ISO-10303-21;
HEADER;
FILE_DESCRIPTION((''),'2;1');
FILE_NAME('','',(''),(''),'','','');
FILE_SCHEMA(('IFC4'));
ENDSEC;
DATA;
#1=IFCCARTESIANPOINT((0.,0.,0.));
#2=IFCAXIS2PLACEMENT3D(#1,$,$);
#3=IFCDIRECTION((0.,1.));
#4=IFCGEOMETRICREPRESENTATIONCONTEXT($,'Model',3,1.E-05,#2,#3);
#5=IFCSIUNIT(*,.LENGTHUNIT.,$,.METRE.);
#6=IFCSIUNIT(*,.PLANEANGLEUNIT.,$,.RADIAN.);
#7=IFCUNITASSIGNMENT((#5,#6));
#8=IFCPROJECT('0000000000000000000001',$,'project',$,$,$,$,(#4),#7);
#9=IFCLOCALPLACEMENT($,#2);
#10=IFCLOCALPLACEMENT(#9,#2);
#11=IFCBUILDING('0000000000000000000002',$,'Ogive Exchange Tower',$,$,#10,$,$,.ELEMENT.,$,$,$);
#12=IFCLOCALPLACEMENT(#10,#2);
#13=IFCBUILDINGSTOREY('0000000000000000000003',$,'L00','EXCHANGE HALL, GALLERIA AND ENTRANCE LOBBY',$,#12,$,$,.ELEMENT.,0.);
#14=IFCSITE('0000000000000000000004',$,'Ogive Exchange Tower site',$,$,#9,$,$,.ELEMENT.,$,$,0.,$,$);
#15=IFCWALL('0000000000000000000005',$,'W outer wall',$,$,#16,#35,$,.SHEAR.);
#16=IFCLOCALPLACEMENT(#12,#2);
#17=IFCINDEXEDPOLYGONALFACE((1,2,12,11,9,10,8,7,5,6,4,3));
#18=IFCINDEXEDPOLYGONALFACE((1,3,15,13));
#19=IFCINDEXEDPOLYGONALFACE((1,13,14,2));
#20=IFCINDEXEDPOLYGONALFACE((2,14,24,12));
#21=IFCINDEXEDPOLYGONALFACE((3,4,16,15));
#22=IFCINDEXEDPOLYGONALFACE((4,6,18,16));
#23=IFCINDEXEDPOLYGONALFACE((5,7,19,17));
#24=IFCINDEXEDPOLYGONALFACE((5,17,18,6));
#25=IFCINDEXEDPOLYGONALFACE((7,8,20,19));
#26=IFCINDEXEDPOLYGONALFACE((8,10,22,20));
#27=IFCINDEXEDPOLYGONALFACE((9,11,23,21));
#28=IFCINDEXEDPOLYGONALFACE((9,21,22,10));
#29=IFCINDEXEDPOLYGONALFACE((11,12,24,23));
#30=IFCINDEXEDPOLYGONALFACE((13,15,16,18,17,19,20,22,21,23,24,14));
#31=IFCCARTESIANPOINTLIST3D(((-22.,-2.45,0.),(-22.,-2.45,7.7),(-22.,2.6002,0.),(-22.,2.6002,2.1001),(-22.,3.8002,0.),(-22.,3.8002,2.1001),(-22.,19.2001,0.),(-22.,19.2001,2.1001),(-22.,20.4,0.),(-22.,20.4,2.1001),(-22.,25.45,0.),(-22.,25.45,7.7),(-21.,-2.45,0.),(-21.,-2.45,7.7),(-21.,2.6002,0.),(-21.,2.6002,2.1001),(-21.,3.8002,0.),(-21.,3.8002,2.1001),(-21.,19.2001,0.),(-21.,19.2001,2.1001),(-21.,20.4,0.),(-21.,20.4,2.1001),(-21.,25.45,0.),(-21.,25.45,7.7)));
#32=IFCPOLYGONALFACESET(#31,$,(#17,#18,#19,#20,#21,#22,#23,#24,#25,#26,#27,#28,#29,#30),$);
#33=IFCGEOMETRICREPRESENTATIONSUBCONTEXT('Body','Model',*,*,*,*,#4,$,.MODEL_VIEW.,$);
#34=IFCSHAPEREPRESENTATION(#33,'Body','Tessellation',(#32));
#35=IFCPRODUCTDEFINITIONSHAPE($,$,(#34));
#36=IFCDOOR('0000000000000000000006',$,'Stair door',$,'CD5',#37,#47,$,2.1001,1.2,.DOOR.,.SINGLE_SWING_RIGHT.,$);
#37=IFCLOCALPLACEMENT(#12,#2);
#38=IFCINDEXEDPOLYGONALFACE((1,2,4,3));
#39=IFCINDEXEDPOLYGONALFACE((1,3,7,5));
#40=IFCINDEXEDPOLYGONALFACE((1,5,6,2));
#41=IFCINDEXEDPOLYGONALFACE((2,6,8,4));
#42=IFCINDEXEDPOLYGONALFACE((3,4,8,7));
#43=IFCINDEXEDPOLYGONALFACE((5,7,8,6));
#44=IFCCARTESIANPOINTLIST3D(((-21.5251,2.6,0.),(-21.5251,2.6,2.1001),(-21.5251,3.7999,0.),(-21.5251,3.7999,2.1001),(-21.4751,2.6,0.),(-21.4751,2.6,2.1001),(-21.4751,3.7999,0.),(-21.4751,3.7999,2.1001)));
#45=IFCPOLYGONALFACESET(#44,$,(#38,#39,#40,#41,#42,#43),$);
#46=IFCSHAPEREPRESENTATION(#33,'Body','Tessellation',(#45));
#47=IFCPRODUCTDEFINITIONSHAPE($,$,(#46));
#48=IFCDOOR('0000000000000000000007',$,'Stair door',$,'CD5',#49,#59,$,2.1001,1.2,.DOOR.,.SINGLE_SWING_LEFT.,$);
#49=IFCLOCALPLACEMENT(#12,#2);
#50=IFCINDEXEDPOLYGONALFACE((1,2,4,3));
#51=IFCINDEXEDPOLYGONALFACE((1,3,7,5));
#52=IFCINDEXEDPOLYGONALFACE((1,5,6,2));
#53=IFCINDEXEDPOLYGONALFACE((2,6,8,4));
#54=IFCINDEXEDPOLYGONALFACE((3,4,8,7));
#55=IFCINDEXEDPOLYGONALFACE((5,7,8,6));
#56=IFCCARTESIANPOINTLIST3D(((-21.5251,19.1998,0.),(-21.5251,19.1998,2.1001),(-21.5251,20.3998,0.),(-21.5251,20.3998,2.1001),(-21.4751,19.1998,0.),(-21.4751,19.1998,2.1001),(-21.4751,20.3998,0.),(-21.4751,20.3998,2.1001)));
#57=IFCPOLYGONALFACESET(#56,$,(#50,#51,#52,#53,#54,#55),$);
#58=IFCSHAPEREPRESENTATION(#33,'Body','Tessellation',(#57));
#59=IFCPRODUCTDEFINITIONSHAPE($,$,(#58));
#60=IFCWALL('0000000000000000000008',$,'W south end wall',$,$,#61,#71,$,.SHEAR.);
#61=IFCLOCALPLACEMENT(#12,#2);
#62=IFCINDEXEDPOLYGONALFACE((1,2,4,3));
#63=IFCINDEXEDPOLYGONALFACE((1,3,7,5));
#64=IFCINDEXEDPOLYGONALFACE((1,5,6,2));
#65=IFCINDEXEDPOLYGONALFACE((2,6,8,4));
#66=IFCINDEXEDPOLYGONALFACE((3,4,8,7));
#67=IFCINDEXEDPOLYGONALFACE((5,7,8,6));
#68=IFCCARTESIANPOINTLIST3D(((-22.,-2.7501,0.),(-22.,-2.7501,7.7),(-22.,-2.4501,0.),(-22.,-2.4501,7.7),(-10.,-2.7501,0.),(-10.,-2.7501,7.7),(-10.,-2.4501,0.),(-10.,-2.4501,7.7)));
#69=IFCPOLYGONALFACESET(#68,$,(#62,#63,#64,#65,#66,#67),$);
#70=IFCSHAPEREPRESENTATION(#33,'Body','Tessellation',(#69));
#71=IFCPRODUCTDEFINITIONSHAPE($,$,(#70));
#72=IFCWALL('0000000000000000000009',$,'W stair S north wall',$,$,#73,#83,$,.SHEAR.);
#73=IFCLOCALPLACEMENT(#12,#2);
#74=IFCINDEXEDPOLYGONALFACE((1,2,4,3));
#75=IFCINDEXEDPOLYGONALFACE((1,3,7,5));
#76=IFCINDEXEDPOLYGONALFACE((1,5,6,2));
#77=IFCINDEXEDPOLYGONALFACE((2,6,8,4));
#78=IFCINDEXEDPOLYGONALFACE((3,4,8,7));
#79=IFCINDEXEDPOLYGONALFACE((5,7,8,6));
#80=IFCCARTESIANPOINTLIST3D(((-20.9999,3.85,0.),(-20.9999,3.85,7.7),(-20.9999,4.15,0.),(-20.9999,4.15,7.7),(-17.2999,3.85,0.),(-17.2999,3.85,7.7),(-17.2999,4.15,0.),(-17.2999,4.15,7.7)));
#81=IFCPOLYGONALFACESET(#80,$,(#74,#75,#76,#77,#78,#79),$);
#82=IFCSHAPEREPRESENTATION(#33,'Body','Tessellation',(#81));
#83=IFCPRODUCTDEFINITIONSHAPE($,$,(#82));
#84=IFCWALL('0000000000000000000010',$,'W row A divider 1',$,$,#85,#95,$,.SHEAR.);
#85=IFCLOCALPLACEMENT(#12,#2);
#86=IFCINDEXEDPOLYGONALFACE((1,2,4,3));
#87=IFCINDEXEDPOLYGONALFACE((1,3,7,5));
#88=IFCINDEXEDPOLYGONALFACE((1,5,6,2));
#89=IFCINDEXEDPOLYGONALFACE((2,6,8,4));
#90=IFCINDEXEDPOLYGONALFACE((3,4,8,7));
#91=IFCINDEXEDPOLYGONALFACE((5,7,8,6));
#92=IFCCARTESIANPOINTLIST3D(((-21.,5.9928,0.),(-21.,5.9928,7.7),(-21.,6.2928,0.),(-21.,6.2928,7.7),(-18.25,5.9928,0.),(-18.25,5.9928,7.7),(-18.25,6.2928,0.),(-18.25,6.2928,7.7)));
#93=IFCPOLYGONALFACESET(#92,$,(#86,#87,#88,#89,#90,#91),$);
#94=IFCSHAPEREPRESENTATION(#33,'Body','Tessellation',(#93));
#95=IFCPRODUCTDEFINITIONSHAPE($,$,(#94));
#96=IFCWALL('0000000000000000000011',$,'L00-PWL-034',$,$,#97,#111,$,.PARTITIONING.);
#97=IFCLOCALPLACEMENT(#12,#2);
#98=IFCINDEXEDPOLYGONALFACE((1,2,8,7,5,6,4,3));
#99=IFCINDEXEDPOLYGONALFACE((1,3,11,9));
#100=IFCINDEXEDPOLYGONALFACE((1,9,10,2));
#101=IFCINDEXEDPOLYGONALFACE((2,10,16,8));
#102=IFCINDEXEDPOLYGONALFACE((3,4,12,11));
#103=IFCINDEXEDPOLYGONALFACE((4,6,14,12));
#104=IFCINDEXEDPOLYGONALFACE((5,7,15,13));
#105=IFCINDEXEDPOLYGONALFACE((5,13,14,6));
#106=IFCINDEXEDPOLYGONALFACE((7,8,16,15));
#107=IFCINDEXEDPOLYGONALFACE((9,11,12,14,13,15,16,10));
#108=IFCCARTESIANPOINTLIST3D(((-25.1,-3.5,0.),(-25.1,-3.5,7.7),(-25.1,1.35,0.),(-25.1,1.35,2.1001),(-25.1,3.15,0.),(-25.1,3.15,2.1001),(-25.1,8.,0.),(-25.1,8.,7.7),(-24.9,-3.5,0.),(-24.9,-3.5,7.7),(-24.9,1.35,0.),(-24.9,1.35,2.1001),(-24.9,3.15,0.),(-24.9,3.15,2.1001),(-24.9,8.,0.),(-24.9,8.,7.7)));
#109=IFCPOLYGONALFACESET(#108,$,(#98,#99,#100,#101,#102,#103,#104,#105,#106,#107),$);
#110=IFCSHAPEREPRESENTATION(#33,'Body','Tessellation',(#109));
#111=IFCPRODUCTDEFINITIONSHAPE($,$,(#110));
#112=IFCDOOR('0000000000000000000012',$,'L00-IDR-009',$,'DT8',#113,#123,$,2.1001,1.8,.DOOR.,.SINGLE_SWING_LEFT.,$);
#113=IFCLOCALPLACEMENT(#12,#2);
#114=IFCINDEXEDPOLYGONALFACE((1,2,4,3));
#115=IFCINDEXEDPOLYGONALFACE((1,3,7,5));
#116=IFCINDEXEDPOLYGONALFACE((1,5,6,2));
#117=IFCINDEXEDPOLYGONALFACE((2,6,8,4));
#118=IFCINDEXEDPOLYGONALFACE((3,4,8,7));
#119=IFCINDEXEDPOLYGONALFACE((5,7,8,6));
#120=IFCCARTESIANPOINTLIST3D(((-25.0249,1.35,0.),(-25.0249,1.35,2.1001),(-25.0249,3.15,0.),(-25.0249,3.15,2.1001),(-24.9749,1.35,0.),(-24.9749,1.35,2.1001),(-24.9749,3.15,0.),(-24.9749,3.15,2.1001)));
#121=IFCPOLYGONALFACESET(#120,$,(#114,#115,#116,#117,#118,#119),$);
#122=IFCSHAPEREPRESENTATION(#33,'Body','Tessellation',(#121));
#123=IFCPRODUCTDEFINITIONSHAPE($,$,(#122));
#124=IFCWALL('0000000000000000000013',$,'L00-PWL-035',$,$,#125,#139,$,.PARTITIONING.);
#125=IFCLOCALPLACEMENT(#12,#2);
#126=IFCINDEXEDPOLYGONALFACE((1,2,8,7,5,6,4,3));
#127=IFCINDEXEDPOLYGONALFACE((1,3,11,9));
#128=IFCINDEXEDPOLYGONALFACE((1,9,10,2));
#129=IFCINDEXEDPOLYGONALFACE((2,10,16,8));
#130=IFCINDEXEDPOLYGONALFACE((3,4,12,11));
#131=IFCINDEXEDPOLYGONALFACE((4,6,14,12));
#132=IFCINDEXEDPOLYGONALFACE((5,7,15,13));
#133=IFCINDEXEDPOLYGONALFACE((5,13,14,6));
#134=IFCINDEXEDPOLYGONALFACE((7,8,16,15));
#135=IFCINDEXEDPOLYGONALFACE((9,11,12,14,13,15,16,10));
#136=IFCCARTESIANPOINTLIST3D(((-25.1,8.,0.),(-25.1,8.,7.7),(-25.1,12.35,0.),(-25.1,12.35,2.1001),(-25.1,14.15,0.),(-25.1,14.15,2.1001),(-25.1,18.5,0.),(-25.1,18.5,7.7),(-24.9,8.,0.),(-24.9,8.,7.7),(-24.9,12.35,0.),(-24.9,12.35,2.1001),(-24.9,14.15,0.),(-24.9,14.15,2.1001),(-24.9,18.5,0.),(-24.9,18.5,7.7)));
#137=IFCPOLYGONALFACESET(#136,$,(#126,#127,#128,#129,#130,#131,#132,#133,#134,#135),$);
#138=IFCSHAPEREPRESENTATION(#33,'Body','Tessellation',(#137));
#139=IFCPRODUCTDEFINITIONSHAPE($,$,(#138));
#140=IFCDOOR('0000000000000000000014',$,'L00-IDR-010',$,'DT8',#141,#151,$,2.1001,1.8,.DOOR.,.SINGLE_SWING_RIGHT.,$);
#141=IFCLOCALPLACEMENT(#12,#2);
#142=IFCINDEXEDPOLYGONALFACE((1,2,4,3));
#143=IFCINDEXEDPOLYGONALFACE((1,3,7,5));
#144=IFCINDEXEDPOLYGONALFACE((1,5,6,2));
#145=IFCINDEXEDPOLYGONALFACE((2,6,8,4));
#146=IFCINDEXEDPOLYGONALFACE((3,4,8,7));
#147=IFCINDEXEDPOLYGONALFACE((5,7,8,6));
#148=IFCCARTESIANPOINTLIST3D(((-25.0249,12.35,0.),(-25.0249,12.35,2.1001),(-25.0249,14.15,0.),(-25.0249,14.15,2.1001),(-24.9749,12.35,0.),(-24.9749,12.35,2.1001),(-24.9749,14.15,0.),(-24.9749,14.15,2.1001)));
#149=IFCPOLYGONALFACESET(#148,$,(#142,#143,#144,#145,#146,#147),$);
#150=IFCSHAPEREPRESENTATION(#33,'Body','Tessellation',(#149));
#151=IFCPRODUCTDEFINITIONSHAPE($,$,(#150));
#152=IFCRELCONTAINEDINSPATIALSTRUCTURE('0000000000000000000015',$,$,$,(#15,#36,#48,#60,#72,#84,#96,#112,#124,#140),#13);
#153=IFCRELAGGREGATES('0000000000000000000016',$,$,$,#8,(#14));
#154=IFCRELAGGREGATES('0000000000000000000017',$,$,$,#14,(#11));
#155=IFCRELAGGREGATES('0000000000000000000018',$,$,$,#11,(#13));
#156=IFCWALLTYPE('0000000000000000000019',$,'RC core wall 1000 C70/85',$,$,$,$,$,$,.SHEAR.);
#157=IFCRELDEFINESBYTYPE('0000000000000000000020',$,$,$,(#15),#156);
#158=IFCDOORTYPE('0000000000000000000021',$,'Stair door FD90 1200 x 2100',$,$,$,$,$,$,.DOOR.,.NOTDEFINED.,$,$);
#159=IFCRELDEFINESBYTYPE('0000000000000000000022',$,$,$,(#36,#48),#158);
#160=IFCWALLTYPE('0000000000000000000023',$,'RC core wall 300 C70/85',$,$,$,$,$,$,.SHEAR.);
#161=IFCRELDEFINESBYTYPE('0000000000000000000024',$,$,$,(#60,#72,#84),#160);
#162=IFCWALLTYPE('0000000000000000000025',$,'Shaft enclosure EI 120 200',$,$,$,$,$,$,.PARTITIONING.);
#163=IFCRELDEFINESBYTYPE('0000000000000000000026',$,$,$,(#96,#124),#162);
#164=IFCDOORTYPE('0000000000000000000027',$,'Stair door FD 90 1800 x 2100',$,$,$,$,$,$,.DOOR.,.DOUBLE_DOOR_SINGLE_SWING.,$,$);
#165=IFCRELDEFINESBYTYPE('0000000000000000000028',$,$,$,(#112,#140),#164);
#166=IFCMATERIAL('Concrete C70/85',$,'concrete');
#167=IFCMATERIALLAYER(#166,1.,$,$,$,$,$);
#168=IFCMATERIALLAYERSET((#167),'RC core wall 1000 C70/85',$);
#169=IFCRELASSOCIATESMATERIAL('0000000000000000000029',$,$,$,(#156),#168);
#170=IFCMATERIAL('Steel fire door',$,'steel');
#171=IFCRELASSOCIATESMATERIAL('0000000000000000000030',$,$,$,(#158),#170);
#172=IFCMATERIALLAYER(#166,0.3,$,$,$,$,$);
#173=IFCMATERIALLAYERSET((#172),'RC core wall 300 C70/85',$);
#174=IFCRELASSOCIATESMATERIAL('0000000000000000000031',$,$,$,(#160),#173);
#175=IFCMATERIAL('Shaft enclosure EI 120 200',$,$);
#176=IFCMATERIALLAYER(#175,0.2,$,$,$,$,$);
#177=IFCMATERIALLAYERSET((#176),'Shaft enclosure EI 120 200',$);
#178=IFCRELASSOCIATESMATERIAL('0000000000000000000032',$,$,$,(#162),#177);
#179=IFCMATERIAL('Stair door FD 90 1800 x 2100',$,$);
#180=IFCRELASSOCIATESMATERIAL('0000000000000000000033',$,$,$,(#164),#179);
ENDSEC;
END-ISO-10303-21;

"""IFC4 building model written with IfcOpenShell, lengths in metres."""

from ifc_helpers import new_model, si_unit, direction, frame, frame_2d, origin, place, context, subcontext, project, spatial, rectangle, extrude, material, layer, layer_set, type_object, element, fill, save


model = new_model("IFC4")

# Units and contexts
model_context = context("Model", 3, precision=1e-05, world=origin(), true_north=direction((0.0, 1.0)))
body_context = subcontext(model_context, "Body", "Model", "MODEL_VIEW")
ifc_project = project(units=[si_unit("LENGTHUNIT", "METRE"), si_unit("PLANEANGLEUNIT", "RADIAN")], contexts=[model_context])

# Site, building, storey
site_placement = place(None, origin())
site = spatial("IfcSite", under=ifc_project, at=site_placement, Name="Ogive Exchange Tower site", CompositionType="ELEMENT", RefElevation=0.0)
building_placement = place(site_placement, origin())
building = spatial("IfcBuilding", under=site, at=building_placement, Name="Ogive Exchange Tower", CompositionType="ELEMENT")
storey_placement = place(building_placement, origin())
storey = spatial("IfcBuildingStorey", under=building, at=storey_placement, Name="L00", Description="EXCHANGE HALL, GALLERIA AND ENTRANCE LOBBY", CompositionType="ELEMENT", Elevation=0.0)

# Wall, openings, doors
ifc_material_1 = material(Name="Concrete C70/85", Category="concrete")
ifc_layer_1 = layer(ifc_material_1, 1.0)
ifc_layer_set_1 = layer_set([ifc_layer_1], Name="RC core wall 1000 C70/85")
wall_type_1 = type_object("IfcWallType", Name="RC core wall 1000 C70/85", PredefinedType="SHEAR", material=ifc_layer_set_1)
wall_1_placement = place(storey_placement, frame((-21.5, -2.45, 0.0), z_axis=(0.0, 0.0, 1.0), x_axis=(0.0, 1.0, 0.0)))
wall_1 = element("IfcWall", 1, at=wall_1_placement, inside=storey, type_object=wall_type_1, Name="W outer wall", PredefinedType="SHEAR", context=body_context, shape_type="SweptSolid", body=[
    extrude(rectangle(XDim=27.8999, YDim=1.0, at=frame_2d((13.95, 0.0))), origin(), (0.0, 0.0, 1.0), 7.7),
])
opening_1_placement = place(wall_1_placement, frame((5.05, 0.0, 0.0)))
opening_1 = element("IfcOpeningElement", 2, at=opening_1_placement, cuts=wall_1, PredefinedType="OPENING", context=body_context, shape_type="SweptSolid", body=[
    extrude(rectangle(XDim=1.2, YDim=2.1001, at=frame_2d((0.6001, 1.05))), frame((0.0, 0.51, 0.0), z_axis=(0.0, -1.0, 0.0), x_axis=(1.0, 0.0, 0.0)), (0.0, 0.0, 1.0), 1.02),
])
opening_2_placement = place(wall_1_placement, frame((21.6499, 0.0, 0.0)))
opening_2 = element("IfcOpeningElement", 3, at=opening_2_placement, cuts=wall_1, PredefinedType="OPENING", context=body_context, shape_type="SweptSolid", body=[
    extrude(rectangle(XDim=1.2, YDim=2.1001, at=frame_2d((0.6001, 1.05))), frame((0.0, 0.51, 0.0), z_axis=(0.0, -1.0, 0.0), x_axis=(1.0, 0.0, 0.0)), (0.0, 0.0, 1.0), 1.02),
])
ifc_material_2 = material(Name="Steel fire door", Category="steel")
door_type_1 = type_object("IfcDoorType", Name="Stair door FD90 1200 x 2100", OperationType="NOTDEFINED", PredefinedType="DOOR", material=ifc_material_2)
door_1_placement = place(opening_1_placement, frame((1.2, 0.0, 0.0), z_axis=(0.0, 0.0, 1.0), x_axis=(-1.0, 0.0, 0.0)))
door_1 = element("IfcDoor", 4, at=door_1_placement, inside=storey, type_object=door_type_1, Name="Stair door", ObjectType="CD5", OperationType="SINGLE_SWING_RIGHT", OverallHeight=2.1001, OverallWidth=1.2, PredefinedType="DOOR", context=body_context, shape_type="SweptSolid", body=[
    extrude(rectangle(XDim=1.2, YDim=2.1001, at=frame_2d((0.6001, 1.05))), frame((0.0, 0.0249, 0.0), z_axis=(0.0, -1.0, 0.0), x_axis=(1.0, 0.0, 0.0)), (0.0, 0.0, 1.0), 0.05),
])
fill(opening_1, door_1)
door_2_placement = place(opening_2_placement, frame((1.2, 0.0, 0.0), z_axis=(0.0, 0.0, 1.0), x_axis=(-1.0, 0.0, 0.0)))
door_2 = element("IfcDoor", 5, at=door_2_placement, inside=storey, type_object=door_type_1, Name="Stair door", ObjectType="CD5", OperationType="SINGLE_SWING_LEFT", OverallHeight=2.1001, OverallWidth=1.2, PredefinedType="DOOR", context=body_context, shape_type="SweptSolid", body=[
    extrude(rectangle(XDim=1.2, YDim=2.1001, at=frame_2d((0.6001, 1.05))), frame((0.0, 0.0249, 0.0), z_axis=(0.0, -1.0, 0.0), x_axis=(1.0, 0.0, 0.0)), (0.0, 0.0, 1.0), 0.05),
])
fill(opening_2, door_2)

# Walls
ifc_layer_2 = layer(ifc_material_1, 0.3)
ifc_layer_set_2 = layer_set([ifc_layer_2], Name="RC core wall 300 C70/85")
wall_type_2 = type_object("IfcWallType", Name="RC core wall 300 C70/85", PredefinedType="SHEAR", material=ifc_layer_set_2)
wall_2_placement = place(storey_placement, frame((-22.0, -2.6001, 0.0), z_axis=(0.0, 0.0, 1.0), x_axis=(1.0, 0.0, 0.0)))
element("IfcWall", 6, at=wall_2_placement, inside=storey, type_object=wall_type_2, Name="W south end wall", PredefinedType="SHEAR", context=body_context, shape_type="SweptSolid", body=[
    extrude(rectangle(XDim=12.0, YDim=0.3, at=frame_2d((6.0, 0.0))), origin(), (0.0, 0.0, 1.0), 7.7),
])
wall_3_placement = place(storey_placement, frame((-21.0, 4.0, 0.0), z_axis=(0.0, 0.0, 1.0), x_axis=(1.0, 0.0, 0.0)))
element("IfcWall", 7, at=wall_3_placement, inside=storey, type_object=wall_type_2, Name="W stair S north wall", PredefinedType="SHEAR", context=body_context, shape_type="SweptSolid", body=[
    extrude(rectangle(XDim=3.7, YDim=0.3, at=frame_2d((1.8501, 0.0))), origin(), (0.0, 0.0, 1.0), 7.7),
])
wall_4_placement = place(storey_placement, frame((-21.0, 6.1428, 0.0), z_axis=(0.0, 0.0, 1.0), x_axis=(1.0, 0.0, 0.0)))
element("IfcWall", 8, at=wall_4_placement, inside=storey, type_object=wall_type_2, Name="W row A divider 1", PredefinedType="SHEAR", context=body_context, shape_type="SweptSolid", body=[
    extrude(rectangle(XDim=2.75, YDim=0.3, at=frame_2d((1.375, 0.0))), origin(), (0.0, 0.0, 1.0), 7.7),
])

# Walls, openings, doors
ifc_material_3 = material(Name="Shaft enclosure EI 120 200")
ifc_layer_3 = layer(ifc_material_3, 0.2)
ifc_layer_set_3 = layer_set([ifc_layer_3], Name="Shaft enclosure EI 120 200")
wall_type_3 = type_object("IfcWallType", Name="Shaft enclosure EI 120 200", PredefinedType="PARTITIONING", material=ifc_layer_set_3)
wall_5_placement = place(storey_placement, frame((-25.0, -3.5, 0.0), z_axis=(0.0, 0.0, 1.0), x_axis=(0.0, 1.0, 0.0)))
wall_5 = element("IfcWall", 9, at=wall_5_placement, inside=storey, type_object=wall_type_3, Name="L00-PWL-034", PredefinedType="PARTITIONING", context=body_context, shape_type="SweptSolid", body=[
    extrude(rectangle(XDim=11.5, YDim=0.2, at=frame_2d((5.75, 0.0))), origin(), (0.0, 0.0, 1.0), 7.7),
])
opening_3_placement = place(wall_5_placement, frame((4.8501, 0.0, 0.0)))
opening_3 = element("IfcOpeningElement", 10, at=opening_3_placement, cuts=wall_5, PredefinedType="OPENING", context=body_context, shape_type="SweptSolid", body=[
    extrude(rectangle(XDim=1.8, YDim=2.1001, at=frame_2d((0.8999, 1.05))), frame((0.0, 0.1099, 0.0), z_axis=(0.0, -1.0, 0.0), x_axis=(1.0, 0.0, 0.0)), (0.0, 0.0, 1.0), 0.22),
])
ifc_material_4 = material(Name="Stair door FD 90 1800 x 2100")
door_type_2 = type_object("IfcDoorType", Name="Stair door FD 90 1800 x 2100", OperationType="DOUBLE_DOOR_SINGLE_SWING", PredefinedType="DOOR", material=ifc_material_4)
door_3_placement = place(opening_3_placement, origin())
door_3 = element("IfcDoor", 11, at=door_3_placement, inside=storey, type_object=door_type_2, Name="L00-IDR-009", ObjectType="DT8", OperationType="SINGLE_SWING_LEFT", OverallHeight=2.1001, OverallWidth=1.8, PredefinedType="DOOR", context=body_context, shape_type="SweptSolid", body=[
    extrude(rectangle(XDim=1.8, YDim=2.1001, at=frame_2d((0.8999, 1.05))), frame((0.0, 0.0249, 0.0), z_axis=(0.0, -1.0, 0.0), x_axis=(1.0, 0.0, 0.0)), (0.0, 0.0, 1.0), 0.05),
])
fill(opening_3, door_3)
wall_6_placement = place(storey_placement, frame((-25.0, 8.0, 0.0), z_axis=(0.0, 0.0, 1.0), x_axis=(0.0, 1.0, 0.0)))
wall_6 = element("IfcWall", 12, at=wall_6_placement, inside=storey, type_object=wall_type_3, Name="L00-PWL-035", PredefinedType="PARTITIONING", context=body_context, shape_type="SweptSolid", body=[
    extrude(rectangle(XDim=10.5, YDim=0.2, at=frame_2d((5.25, 0.0))), origin(), (0.0, 0.0, 1.0), 7.7),
])
opening_4_placement = place(wall_6_placement, frame((4.3501, 0.0, 0.0)))
opening_4 = element("IfcOpeningElement", 13, at=opening_4_placement, cuts=wall_6, PredefinedType="OPENING", context=body_context, shape_type="SweptSolid", body=[
    extrude(rectangle(XDim=1.8, YDim=2.1001, at=frame_2d((0.8999, 1.05))), frame((0.0, 0.1099, 0.0), z_axis=(0.0, -1.0, 0.0), x_axis=(1.0, 0.0, 0.0)), (0.0, 0.0, 1.0), 0.22),
])
door_4_placement = place(opening_4_placement, origin())
door_4 = element("IfcDoor", 14, at=door_4_placement, inside=storey, type_object=door_type_2, Name="L00-IDR-010", ObjectType="DT8", OperationType="SINGLE_SWING_RIGHT", OverallHeight=2.1001, OverallWidth=1.8, PredefinedType="DOOR", context=body_context, shape_type="SweptSolid", body=[
    extrude(rectangle(XDim=1.8, YDim=2.1001, at=frame_2d((0.8999, 1.05))), frame((0.0, 0.0249, 0.0), z_axis=(0.0, -1.0, 0.0), x_axis=(1.0, 0.0, 0.0)), (0.0, 0.0, 1.0), 0.05),
])
fill(opening_4, door_4)

save(model, "model.ifc")
